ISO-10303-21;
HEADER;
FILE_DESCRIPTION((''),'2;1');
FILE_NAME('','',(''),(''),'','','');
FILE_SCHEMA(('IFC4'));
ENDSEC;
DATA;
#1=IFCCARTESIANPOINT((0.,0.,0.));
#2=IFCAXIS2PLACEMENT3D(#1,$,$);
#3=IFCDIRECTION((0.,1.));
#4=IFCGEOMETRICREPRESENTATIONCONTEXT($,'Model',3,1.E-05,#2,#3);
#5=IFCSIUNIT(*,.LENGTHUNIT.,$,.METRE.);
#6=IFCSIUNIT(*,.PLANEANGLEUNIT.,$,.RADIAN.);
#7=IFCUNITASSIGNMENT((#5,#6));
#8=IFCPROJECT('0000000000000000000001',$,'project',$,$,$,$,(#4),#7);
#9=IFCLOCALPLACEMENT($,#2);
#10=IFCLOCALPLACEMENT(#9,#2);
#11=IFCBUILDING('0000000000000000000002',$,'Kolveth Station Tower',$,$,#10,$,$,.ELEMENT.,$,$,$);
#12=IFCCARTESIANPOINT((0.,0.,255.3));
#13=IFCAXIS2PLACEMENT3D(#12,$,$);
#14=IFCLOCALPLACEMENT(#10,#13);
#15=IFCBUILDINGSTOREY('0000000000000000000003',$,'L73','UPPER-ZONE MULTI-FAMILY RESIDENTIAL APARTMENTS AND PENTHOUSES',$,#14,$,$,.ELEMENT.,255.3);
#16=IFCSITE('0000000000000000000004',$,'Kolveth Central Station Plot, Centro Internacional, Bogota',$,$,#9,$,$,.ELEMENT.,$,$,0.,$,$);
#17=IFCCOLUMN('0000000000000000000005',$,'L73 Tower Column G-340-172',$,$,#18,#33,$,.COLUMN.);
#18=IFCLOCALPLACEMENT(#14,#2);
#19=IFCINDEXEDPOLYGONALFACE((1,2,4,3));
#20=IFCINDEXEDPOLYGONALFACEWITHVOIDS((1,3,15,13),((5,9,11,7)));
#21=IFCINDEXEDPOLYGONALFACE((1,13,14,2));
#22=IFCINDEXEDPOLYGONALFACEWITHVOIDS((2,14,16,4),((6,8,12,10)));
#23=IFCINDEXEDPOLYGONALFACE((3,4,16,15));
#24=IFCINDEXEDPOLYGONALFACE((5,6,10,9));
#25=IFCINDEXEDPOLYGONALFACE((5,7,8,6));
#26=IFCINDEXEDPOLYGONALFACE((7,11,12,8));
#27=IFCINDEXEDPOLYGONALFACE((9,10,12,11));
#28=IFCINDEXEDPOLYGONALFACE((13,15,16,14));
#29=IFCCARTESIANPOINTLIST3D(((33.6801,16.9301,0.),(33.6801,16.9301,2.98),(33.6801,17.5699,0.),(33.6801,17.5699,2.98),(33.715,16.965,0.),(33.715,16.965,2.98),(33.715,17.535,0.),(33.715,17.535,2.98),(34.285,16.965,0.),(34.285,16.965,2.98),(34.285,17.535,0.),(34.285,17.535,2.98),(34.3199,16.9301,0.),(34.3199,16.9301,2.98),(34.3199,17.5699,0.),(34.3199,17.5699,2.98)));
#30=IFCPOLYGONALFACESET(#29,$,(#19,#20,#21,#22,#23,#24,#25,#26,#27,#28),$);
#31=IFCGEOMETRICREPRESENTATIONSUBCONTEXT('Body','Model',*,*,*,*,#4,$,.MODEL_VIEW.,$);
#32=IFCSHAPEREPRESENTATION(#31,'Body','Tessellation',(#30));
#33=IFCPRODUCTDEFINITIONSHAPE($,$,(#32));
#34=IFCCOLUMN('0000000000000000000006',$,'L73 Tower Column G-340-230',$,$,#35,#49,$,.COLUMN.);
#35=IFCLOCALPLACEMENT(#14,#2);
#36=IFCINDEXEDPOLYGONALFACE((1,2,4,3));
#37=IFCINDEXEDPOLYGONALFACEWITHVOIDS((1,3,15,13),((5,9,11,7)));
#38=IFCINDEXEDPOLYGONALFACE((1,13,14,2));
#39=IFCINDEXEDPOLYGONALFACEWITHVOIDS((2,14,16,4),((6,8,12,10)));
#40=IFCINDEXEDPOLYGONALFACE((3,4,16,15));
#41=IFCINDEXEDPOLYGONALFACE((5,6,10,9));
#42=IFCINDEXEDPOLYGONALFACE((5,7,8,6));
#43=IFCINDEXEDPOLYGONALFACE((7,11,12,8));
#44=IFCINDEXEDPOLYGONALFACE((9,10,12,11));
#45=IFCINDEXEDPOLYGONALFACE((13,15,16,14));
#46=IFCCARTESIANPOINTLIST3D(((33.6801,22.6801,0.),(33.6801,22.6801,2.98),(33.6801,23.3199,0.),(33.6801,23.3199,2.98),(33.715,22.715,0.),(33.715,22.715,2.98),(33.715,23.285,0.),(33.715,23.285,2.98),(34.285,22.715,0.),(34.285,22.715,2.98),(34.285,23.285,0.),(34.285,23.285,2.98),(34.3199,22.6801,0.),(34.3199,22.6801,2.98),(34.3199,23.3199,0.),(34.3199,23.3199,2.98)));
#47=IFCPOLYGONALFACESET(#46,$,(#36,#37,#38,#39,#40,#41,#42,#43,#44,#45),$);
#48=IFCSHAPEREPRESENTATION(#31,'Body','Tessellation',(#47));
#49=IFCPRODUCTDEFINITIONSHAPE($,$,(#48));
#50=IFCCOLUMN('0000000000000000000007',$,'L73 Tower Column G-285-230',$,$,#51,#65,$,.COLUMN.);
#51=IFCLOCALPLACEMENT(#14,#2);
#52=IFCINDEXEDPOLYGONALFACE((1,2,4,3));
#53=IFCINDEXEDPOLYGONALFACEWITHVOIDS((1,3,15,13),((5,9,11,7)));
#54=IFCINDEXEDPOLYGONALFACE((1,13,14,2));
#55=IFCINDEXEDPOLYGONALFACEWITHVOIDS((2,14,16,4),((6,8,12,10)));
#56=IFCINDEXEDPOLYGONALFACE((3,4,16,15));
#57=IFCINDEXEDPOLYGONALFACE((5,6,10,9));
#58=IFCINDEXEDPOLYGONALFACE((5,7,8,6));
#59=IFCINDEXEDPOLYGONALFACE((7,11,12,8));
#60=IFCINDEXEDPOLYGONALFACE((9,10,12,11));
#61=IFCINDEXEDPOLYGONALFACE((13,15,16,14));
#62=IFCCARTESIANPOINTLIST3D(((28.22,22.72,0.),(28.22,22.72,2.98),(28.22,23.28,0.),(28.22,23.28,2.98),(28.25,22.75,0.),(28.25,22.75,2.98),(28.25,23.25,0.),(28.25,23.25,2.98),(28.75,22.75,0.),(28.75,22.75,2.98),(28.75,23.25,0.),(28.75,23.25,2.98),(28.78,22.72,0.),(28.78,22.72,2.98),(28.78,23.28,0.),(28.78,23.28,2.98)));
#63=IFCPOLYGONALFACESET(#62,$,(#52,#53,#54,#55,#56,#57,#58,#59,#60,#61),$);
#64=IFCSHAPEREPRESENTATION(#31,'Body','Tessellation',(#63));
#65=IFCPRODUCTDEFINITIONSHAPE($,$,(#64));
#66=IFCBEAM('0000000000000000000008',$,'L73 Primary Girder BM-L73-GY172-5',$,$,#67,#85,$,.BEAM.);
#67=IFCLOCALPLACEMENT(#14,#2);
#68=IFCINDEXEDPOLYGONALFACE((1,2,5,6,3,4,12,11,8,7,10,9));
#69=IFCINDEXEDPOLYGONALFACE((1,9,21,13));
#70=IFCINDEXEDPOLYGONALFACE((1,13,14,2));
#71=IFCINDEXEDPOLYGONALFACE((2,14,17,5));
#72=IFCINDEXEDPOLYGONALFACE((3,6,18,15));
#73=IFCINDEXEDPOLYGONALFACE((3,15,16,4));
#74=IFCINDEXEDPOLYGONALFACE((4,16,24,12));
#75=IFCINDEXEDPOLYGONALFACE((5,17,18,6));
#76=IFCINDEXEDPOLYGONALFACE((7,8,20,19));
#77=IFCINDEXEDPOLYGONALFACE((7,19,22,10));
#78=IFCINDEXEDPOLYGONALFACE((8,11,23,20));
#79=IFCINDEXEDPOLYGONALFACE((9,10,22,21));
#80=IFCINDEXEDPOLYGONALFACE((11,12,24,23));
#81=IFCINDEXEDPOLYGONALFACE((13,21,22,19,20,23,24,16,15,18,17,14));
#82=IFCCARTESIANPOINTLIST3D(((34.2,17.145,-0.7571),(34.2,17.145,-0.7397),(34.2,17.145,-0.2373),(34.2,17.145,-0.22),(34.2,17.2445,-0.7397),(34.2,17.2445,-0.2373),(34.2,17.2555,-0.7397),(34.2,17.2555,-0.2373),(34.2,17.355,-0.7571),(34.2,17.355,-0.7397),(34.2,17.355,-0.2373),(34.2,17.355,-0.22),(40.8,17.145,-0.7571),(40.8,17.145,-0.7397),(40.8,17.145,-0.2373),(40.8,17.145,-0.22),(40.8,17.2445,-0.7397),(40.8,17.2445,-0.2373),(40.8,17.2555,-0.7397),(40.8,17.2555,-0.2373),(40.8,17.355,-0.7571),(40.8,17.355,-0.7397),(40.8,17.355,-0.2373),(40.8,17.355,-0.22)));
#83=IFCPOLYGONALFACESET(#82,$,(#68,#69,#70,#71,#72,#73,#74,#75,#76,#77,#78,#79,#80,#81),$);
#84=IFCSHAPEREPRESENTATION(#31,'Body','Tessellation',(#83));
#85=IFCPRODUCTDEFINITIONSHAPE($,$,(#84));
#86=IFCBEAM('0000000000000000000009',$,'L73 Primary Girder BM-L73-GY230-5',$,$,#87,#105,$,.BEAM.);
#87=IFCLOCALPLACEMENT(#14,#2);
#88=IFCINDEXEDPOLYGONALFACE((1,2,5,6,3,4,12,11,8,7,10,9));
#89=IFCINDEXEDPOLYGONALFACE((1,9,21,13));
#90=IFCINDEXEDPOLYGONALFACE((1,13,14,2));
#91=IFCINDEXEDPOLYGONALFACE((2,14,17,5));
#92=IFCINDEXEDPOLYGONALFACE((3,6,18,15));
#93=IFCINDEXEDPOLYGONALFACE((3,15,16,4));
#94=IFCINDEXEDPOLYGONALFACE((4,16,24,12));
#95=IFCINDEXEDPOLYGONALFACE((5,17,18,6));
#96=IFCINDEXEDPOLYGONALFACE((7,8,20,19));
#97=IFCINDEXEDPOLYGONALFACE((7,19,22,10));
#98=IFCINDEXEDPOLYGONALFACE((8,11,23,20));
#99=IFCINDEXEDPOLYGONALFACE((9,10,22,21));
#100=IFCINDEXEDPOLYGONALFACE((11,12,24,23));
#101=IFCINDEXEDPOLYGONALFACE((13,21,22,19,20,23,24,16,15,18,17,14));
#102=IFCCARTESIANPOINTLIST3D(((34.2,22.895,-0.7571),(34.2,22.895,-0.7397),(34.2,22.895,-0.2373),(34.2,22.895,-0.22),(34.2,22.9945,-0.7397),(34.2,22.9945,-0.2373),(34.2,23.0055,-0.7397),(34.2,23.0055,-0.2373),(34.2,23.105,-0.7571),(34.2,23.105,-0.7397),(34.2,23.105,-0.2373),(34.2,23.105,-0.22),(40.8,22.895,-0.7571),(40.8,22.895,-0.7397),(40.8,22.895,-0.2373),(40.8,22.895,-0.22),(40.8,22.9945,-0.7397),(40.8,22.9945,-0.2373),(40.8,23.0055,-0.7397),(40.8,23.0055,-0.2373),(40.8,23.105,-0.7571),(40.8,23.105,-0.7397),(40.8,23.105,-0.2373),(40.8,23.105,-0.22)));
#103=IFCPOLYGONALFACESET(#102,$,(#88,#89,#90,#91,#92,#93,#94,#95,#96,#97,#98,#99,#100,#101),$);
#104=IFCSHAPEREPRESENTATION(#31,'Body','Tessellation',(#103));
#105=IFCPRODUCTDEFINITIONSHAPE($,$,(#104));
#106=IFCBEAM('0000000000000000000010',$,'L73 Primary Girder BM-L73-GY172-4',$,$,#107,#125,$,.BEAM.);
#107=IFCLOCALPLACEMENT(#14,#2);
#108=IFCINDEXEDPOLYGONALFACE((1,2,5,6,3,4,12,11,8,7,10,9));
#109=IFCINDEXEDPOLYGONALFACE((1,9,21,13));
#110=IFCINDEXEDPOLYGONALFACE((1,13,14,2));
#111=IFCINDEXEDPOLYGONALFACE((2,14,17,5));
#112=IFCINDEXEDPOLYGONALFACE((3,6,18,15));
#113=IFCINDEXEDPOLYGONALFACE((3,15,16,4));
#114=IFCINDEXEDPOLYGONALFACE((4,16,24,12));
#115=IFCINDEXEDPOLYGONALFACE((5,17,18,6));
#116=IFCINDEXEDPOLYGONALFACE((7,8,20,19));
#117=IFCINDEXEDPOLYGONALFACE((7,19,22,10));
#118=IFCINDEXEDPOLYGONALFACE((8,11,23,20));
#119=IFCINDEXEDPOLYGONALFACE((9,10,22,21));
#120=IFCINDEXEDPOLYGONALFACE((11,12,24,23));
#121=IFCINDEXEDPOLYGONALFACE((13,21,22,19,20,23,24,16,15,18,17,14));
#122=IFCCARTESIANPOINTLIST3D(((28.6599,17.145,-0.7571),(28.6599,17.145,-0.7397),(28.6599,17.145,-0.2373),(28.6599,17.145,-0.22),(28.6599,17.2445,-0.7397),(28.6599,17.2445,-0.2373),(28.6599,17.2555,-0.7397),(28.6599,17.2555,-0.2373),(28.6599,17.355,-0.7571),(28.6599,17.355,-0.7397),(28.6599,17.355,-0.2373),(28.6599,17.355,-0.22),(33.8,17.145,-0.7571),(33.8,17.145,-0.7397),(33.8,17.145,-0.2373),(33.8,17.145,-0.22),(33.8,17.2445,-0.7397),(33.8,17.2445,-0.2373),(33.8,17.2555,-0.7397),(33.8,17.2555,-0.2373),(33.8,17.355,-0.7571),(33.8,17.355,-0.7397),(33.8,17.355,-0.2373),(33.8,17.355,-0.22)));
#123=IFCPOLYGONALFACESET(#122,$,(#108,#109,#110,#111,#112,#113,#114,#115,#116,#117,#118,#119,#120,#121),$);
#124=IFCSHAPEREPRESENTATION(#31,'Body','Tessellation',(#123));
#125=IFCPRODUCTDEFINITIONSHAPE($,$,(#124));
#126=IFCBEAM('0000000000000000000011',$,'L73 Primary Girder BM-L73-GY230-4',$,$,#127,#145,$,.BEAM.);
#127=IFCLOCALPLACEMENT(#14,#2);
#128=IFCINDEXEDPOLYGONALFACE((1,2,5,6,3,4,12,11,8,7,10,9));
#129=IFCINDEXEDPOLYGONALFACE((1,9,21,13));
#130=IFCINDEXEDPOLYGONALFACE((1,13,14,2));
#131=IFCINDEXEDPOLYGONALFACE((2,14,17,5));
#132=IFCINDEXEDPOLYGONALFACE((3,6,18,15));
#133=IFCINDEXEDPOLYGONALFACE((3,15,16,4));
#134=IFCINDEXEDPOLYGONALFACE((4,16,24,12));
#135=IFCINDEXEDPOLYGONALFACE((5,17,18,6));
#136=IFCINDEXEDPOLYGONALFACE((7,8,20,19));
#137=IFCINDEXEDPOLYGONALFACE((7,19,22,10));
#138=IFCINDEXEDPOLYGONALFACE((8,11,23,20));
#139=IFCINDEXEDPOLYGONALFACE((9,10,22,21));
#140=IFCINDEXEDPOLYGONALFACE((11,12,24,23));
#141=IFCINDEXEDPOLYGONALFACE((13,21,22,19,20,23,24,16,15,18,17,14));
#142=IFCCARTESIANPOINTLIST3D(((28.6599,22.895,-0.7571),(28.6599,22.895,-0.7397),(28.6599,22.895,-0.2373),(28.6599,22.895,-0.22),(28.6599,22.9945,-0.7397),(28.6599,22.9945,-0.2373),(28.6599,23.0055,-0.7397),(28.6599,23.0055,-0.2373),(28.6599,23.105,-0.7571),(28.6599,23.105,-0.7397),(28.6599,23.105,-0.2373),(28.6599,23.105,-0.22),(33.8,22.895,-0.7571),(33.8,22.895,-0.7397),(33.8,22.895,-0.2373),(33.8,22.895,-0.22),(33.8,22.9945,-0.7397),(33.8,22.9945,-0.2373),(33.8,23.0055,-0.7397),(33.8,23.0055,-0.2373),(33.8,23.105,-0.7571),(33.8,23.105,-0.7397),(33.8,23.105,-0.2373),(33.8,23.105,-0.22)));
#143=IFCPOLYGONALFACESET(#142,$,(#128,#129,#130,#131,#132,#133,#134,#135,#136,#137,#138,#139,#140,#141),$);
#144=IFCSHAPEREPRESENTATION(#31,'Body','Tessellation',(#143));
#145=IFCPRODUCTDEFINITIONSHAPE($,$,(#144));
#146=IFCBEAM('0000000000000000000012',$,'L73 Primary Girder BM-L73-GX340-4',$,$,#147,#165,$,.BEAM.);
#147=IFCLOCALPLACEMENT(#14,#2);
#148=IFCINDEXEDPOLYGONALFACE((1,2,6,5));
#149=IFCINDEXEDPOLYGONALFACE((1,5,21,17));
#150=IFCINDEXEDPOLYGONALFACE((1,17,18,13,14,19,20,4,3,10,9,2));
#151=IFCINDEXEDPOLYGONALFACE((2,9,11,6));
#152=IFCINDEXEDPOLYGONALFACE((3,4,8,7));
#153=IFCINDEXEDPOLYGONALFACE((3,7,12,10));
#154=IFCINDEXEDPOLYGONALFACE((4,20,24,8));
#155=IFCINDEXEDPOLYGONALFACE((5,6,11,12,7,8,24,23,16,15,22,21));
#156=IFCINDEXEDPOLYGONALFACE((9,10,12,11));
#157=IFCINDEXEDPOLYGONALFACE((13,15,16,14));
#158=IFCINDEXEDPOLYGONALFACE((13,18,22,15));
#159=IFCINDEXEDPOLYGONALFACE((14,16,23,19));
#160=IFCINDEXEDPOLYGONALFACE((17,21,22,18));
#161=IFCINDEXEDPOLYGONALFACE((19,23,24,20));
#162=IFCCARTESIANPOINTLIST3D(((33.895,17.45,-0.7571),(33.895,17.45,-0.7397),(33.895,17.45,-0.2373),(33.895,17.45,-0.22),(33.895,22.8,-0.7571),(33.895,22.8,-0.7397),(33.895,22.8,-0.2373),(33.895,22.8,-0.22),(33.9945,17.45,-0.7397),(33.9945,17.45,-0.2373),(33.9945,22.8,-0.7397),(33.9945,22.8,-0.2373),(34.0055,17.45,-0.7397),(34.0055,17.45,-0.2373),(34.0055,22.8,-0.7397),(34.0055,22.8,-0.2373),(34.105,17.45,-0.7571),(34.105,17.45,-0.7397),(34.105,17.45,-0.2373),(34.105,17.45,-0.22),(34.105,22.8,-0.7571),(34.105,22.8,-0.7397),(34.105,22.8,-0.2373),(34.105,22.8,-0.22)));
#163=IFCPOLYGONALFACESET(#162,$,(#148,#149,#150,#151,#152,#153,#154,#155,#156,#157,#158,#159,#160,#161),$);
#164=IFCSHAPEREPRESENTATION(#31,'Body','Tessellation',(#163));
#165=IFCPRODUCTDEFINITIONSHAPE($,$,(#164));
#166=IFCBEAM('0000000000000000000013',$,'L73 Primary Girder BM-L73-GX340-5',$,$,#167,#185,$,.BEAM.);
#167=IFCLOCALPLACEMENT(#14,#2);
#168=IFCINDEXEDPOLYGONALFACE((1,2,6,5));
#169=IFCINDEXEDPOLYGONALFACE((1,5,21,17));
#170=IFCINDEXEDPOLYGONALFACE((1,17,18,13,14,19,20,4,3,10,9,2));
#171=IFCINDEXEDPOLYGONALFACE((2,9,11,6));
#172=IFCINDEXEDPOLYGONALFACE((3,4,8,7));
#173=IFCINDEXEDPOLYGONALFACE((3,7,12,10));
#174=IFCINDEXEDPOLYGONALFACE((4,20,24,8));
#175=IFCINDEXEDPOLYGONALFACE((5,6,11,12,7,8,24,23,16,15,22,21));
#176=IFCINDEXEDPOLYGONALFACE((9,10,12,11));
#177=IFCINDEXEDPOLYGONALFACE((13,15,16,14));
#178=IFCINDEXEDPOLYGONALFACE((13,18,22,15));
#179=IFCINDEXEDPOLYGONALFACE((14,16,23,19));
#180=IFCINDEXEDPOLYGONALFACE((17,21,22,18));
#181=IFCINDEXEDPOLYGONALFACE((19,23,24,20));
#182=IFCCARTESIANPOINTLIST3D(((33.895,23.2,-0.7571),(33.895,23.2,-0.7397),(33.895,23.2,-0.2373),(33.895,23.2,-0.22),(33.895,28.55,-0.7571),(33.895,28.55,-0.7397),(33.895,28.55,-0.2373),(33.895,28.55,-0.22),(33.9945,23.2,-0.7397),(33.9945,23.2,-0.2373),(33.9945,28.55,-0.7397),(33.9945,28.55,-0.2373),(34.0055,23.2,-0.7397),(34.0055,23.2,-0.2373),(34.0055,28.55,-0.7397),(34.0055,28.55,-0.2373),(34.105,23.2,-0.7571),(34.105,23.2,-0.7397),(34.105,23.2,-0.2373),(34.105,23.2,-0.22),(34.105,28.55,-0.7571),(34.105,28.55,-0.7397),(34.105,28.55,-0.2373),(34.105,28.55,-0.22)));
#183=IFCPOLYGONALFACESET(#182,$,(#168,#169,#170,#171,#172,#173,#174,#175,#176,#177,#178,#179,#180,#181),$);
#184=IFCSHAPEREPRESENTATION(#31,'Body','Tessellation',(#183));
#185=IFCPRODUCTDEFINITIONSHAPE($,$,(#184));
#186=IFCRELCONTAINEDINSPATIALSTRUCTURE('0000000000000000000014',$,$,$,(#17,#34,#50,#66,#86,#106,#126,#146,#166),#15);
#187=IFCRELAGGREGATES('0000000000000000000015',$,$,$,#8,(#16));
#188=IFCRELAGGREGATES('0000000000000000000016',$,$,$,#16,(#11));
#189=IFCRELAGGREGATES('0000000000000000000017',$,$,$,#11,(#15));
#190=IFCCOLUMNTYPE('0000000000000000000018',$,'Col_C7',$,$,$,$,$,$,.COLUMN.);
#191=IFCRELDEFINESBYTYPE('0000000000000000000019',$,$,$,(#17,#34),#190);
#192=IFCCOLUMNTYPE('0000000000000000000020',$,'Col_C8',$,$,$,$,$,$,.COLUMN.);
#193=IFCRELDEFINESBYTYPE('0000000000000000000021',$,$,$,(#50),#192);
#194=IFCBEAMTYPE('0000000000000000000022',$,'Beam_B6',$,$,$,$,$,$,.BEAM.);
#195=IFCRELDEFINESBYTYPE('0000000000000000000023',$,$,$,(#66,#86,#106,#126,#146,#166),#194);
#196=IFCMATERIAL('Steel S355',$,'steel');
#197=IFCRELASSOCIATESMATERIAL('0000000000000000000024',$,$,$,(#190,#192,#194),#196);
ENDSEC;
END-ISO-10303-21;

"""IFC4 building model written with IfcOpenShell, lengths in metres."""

from ifc_helpers import new_model, si_unit, direction, frame, origin, origin_2d, place, context, subcontext, project, spatial, hollow_rectangle, i_section, extrude, source, transform, mapped, material, material_profile, profile_set, type_object, element, save


model = new_model("IFC4")

# Units and contexts
model_context = context("Model", 3, precision=1e-05, world=origin(), true_north=direction((0.0, 1.0)))
body_context = subcontext(model_context, "Body", "Model", "MODEL_VIEW")
ifc_project = project(units=[si_unit("LENGTHUNIT", "METRE"), si_unit("PLANEANGLEUNIT", "RADIAN")], contexts=[model_context])

# Site, building, storey
site_placement = place(None, origin())
site = spatial("IfcSite", under=ifc_project, at=site_placement, Name="Kolveth Central Station Plot, Centro Internacional, Bogota", CompositionType="ELEMENT", RefElevation=0.0)
building_placement = place(site_placement, origin())
building = spatial("IfcBuilding", under=site, at=building_placement, Name="Kolveth Station Tower", CompositionType="ELEMENT")
storey_placement = place(building_placement, frame((0.0, 0.0, 255.3)))
storey = spatial("IfcBuildingStorey", under=building, at=storey_placement, Name="L73", Description="UPPER-ZONE MULTI-FAMILY RESIDENTIAL APARTMENTS AND PENTHOUSES", CompositionType="ELEMENT", Elevation=255.3)

# Columns
ifc_material_1 = material(Name="Steel S355", Category="steel")
ifc_material_profile_1 = material_profile(ifc_material_1, hollow_rectangle(XDim=0.6399, YDim=0.6399, WallThickness=0.0349, at=origin_2d()), Name="BOX640x640x35")
ifc_profile_set_1 = profile_set([ifc_material_profile_1], Name="Steel S355")
column_type_1 = type_object("IfcColumnType", Name="Col_C7", PredefinedType="COLUMN", material=ifc_profile_set_1)
shared_shape_1 = source(origin(), body_context, "Body", "SweptSolid", [
    extrude(hollow_rectangle(XDim=0.6399, YDim=0.6399, WallThickness=0.0349, at=origin_2d()), origin(), (0.0, 0.0, 1.0), 2.98),
])
for number, where, z_axis, x_axis, name in (
    (1, (34.0, 17.25, 0.0), (0.0, 0.0, 1.0), (1.0, 0.0, 0.0), "L73 Tower Column G-340-172"),
    (2, (34.0, 23.0, 0.0), (0.0, 0.0, 1.0), (1.0, 0.0, 0.0), "L73 Tower Column G-340-230"),
):
    element("IfcColumn", number, at=place(storey_placement, frame(where, z_axis=z_axis, x_axis=x_axis)), inside=storey, type_object=column_type_1, Name=name, PredefinedType="COLUMN", context=body_context, shape_type="MappedRepresentation", body=[
        mapped(shared_shape_1, transform((0.0, 0.0, 0.0), x_axis=(1.0, 0.0, 0.0), y_axis=(0.0, 1.0, 0.0), z_axis=(0.0, 0.0, 1.0), scale=1.0)),
    ])
ifc_material_profile_2 = material_profile(ifc_material_1, hollow_rectangle(XDim=0.5601, YDim=0.5601, WallThickness=0.03, at=origin_2d()), Name="BOX560x560x30")
ifc_profile_set_2 = profile_set([ifc_material_profile_2], Name="Steel S355")
column_type_2 = type_object("IfcColumnType", Name="Col_C8", PredefinedType="COLUMN", material=ifc_profile_set_2)
shared_shape_2 = source(origin(), body_context, "Body", "SweptSolid", [
    extrude(hollow_rectangle(XDim=0.5601, YDim=0.5601, WallThickness=0.03, at=origin_2d()), origin(), (0.0, 0.0, 1.0), 2.98),
])
column_placement = place(storey_placement, frame((28.5, 23.0, 0.0), z_axis=(0.0, 0.0, 1.0), x_axis=(1.0, 0.0, 0.0)))
element("IfcColumn", 3, at=column_placement, inside=storey, type_object=column_type_2, Name="L73 Tower Column G-285-230", PredefinedType="COLUMN", context=body_context, shape_type="MappedRepresentation", body=[
    mapped(shared_shape_2, transform((0.0, 0.0, 0.0), x_axis=(1.0, 0.0, 0.0), y_axis=(0.0, 1.0, 0.0), z_axis=(0.0, 0.0, 1.0), scale=1.0)),
])

# Beams
ifc_material_profile_3 = material_profile(ifc_material_1, i_section(OverallWidth=0.21, OverallDepth=0.5371, WebThickness=0.011, FlangeThickness=0.0173, at=origin_2d()), Name="W530x101")
ifc_profile_set_3 = profile_set([ifc_material_profile_3], Name="Steel S355")
beam_type_1 = type_object("IfcBeamType", Name="Beam_B6", PredefinedType="BEAM", material=ifc_profile_set_3)
shared_shape_3 = source(origin(), body_context, "Body", "SweptSolid", [
    extrude(i_section(OverallWidth=0.21, OverallDepth=0.5371, WebThickness=0.011, FlangeThickness=0.0173, at=origin_2d()), origin(), (0.0, 0.0, 1.0), 6.6001),
])
for number, where, z_axis, x_axis, name in (
    (4, (34.2, 17.25, -0.4885), (1.0, 0.0, 0.0), (0.0, 1.0, 0.0), "L73 Primary Girder BM-L73-GY172-5"),
    (5, (34.2, 23.0, -0.4885), (1.0, 0.0, 0.0), (0.0, 1.0, 0.0), "L73 Primary Girder BM-L73-GY230-5"),
):
    element("IfcBeam", number, at=place(storey_placement, frame(where, z_axis=z_axis, x_axis=x_axis)), inside=storey, type_object=beam_type_1, Name=name, PredefinedType="BEAM", context=body_context, shape_type="MappedRepresentation", body=[
        mapped(shared_shape_3, transform((0.0, 0.0, 0.0), x_axis=(1.0, 0.0, 0.0), y_axis=(0.0, 1.0, 0.0), z_axis=(0.0, 0.0, 1.0), scale=1.0)),
    ])
shared_shape_4 = source(origin(), body_context, "Body", "SweptSolid", [
    extrude(i_section(OverallWidth=0.21, OverallDepth=0.5371, WebThickness=0.011, FlangeThickness=0.0173, at=origin_2d()), origin(), (0.0, 0.0, 1.0), 5.1401),
])
for number, where, z_axis, x_axis, name in (
    (6, (28.6599, 17.25, -0.4885), (1.0, 0.0, 0.0), (0.0, 1.0, 0.0), "L73 Primary Girder BM-L73-GY172-4"),
    (7, (28.6599, 23.0, -0.4885), (1.0, 0.0, 0.0), (0.0, 1.0, 0.0), "L73 Primary Girder BM-L73-GY230-4"),
):
    element("IfcBeam", number, at=place(storey_placement, frame(where, z_axis=z_axis, x_axis=x_axis)), inside=storey, type_object=beam_type_1, Name=name, PredefinedType="BEAM", context=body_context, shape_type="MappedRepresentation", body=[
        mapped(shared_shape_4, transform((0.0, 0.0, 0.0), x_axis=(1.0, 0.0, 0.0), y_axis=(0.0, 1.0, 0.0), z_axis=(0.0, 0.0, 1.0), scale=1.0)),
    ])
shared_shape_5 = source(origin(), body_context, "Body", "SweptSolid", [
    extrude(i_section(OverallWidth=0.21, OverallDepth=0.5371, WebThickness=0.011, FlangeThickness=0.0173, at=origin_2d()), origin(), (0.0, 0.0, 1.0), 5.3501),
])
for number, where, z_axis, x_axis, name in (
    (8, (34.0, 17.45, -0.4885), (0.0, 1.0, 0.0), (-1.0, 0.0, 0.0), "L73 Primary Girder BM-L73-GX340-4"),
    (9, (34.0, 23.2, -0.4885), (0.0, 1.0, 0.0), (-1.0, 0.0, 0.0), "L73 Primary Girder BM-L73-GX340-5"),
):
    element("IfcBeam", number, at=place(storey_placement, frame(where, z_axis=z_axis, x_axis=x_axis)), inside=storey, type_object=beam_type_1, Name=name, PredefinedType="BEAM", context=body_context, shape_type="MappedRepresentation", body=[
        mapped(shared_shape_5, transform((0.0, 0.0, 0.0), x_axis=(1.0, 0.0, 0.0), y_axis=(0.0, 1.0, 0.0), z_axis=(0.0, 0.0, 1.0), scale=1.0)),
    ])

save(model, "model.ifc")
